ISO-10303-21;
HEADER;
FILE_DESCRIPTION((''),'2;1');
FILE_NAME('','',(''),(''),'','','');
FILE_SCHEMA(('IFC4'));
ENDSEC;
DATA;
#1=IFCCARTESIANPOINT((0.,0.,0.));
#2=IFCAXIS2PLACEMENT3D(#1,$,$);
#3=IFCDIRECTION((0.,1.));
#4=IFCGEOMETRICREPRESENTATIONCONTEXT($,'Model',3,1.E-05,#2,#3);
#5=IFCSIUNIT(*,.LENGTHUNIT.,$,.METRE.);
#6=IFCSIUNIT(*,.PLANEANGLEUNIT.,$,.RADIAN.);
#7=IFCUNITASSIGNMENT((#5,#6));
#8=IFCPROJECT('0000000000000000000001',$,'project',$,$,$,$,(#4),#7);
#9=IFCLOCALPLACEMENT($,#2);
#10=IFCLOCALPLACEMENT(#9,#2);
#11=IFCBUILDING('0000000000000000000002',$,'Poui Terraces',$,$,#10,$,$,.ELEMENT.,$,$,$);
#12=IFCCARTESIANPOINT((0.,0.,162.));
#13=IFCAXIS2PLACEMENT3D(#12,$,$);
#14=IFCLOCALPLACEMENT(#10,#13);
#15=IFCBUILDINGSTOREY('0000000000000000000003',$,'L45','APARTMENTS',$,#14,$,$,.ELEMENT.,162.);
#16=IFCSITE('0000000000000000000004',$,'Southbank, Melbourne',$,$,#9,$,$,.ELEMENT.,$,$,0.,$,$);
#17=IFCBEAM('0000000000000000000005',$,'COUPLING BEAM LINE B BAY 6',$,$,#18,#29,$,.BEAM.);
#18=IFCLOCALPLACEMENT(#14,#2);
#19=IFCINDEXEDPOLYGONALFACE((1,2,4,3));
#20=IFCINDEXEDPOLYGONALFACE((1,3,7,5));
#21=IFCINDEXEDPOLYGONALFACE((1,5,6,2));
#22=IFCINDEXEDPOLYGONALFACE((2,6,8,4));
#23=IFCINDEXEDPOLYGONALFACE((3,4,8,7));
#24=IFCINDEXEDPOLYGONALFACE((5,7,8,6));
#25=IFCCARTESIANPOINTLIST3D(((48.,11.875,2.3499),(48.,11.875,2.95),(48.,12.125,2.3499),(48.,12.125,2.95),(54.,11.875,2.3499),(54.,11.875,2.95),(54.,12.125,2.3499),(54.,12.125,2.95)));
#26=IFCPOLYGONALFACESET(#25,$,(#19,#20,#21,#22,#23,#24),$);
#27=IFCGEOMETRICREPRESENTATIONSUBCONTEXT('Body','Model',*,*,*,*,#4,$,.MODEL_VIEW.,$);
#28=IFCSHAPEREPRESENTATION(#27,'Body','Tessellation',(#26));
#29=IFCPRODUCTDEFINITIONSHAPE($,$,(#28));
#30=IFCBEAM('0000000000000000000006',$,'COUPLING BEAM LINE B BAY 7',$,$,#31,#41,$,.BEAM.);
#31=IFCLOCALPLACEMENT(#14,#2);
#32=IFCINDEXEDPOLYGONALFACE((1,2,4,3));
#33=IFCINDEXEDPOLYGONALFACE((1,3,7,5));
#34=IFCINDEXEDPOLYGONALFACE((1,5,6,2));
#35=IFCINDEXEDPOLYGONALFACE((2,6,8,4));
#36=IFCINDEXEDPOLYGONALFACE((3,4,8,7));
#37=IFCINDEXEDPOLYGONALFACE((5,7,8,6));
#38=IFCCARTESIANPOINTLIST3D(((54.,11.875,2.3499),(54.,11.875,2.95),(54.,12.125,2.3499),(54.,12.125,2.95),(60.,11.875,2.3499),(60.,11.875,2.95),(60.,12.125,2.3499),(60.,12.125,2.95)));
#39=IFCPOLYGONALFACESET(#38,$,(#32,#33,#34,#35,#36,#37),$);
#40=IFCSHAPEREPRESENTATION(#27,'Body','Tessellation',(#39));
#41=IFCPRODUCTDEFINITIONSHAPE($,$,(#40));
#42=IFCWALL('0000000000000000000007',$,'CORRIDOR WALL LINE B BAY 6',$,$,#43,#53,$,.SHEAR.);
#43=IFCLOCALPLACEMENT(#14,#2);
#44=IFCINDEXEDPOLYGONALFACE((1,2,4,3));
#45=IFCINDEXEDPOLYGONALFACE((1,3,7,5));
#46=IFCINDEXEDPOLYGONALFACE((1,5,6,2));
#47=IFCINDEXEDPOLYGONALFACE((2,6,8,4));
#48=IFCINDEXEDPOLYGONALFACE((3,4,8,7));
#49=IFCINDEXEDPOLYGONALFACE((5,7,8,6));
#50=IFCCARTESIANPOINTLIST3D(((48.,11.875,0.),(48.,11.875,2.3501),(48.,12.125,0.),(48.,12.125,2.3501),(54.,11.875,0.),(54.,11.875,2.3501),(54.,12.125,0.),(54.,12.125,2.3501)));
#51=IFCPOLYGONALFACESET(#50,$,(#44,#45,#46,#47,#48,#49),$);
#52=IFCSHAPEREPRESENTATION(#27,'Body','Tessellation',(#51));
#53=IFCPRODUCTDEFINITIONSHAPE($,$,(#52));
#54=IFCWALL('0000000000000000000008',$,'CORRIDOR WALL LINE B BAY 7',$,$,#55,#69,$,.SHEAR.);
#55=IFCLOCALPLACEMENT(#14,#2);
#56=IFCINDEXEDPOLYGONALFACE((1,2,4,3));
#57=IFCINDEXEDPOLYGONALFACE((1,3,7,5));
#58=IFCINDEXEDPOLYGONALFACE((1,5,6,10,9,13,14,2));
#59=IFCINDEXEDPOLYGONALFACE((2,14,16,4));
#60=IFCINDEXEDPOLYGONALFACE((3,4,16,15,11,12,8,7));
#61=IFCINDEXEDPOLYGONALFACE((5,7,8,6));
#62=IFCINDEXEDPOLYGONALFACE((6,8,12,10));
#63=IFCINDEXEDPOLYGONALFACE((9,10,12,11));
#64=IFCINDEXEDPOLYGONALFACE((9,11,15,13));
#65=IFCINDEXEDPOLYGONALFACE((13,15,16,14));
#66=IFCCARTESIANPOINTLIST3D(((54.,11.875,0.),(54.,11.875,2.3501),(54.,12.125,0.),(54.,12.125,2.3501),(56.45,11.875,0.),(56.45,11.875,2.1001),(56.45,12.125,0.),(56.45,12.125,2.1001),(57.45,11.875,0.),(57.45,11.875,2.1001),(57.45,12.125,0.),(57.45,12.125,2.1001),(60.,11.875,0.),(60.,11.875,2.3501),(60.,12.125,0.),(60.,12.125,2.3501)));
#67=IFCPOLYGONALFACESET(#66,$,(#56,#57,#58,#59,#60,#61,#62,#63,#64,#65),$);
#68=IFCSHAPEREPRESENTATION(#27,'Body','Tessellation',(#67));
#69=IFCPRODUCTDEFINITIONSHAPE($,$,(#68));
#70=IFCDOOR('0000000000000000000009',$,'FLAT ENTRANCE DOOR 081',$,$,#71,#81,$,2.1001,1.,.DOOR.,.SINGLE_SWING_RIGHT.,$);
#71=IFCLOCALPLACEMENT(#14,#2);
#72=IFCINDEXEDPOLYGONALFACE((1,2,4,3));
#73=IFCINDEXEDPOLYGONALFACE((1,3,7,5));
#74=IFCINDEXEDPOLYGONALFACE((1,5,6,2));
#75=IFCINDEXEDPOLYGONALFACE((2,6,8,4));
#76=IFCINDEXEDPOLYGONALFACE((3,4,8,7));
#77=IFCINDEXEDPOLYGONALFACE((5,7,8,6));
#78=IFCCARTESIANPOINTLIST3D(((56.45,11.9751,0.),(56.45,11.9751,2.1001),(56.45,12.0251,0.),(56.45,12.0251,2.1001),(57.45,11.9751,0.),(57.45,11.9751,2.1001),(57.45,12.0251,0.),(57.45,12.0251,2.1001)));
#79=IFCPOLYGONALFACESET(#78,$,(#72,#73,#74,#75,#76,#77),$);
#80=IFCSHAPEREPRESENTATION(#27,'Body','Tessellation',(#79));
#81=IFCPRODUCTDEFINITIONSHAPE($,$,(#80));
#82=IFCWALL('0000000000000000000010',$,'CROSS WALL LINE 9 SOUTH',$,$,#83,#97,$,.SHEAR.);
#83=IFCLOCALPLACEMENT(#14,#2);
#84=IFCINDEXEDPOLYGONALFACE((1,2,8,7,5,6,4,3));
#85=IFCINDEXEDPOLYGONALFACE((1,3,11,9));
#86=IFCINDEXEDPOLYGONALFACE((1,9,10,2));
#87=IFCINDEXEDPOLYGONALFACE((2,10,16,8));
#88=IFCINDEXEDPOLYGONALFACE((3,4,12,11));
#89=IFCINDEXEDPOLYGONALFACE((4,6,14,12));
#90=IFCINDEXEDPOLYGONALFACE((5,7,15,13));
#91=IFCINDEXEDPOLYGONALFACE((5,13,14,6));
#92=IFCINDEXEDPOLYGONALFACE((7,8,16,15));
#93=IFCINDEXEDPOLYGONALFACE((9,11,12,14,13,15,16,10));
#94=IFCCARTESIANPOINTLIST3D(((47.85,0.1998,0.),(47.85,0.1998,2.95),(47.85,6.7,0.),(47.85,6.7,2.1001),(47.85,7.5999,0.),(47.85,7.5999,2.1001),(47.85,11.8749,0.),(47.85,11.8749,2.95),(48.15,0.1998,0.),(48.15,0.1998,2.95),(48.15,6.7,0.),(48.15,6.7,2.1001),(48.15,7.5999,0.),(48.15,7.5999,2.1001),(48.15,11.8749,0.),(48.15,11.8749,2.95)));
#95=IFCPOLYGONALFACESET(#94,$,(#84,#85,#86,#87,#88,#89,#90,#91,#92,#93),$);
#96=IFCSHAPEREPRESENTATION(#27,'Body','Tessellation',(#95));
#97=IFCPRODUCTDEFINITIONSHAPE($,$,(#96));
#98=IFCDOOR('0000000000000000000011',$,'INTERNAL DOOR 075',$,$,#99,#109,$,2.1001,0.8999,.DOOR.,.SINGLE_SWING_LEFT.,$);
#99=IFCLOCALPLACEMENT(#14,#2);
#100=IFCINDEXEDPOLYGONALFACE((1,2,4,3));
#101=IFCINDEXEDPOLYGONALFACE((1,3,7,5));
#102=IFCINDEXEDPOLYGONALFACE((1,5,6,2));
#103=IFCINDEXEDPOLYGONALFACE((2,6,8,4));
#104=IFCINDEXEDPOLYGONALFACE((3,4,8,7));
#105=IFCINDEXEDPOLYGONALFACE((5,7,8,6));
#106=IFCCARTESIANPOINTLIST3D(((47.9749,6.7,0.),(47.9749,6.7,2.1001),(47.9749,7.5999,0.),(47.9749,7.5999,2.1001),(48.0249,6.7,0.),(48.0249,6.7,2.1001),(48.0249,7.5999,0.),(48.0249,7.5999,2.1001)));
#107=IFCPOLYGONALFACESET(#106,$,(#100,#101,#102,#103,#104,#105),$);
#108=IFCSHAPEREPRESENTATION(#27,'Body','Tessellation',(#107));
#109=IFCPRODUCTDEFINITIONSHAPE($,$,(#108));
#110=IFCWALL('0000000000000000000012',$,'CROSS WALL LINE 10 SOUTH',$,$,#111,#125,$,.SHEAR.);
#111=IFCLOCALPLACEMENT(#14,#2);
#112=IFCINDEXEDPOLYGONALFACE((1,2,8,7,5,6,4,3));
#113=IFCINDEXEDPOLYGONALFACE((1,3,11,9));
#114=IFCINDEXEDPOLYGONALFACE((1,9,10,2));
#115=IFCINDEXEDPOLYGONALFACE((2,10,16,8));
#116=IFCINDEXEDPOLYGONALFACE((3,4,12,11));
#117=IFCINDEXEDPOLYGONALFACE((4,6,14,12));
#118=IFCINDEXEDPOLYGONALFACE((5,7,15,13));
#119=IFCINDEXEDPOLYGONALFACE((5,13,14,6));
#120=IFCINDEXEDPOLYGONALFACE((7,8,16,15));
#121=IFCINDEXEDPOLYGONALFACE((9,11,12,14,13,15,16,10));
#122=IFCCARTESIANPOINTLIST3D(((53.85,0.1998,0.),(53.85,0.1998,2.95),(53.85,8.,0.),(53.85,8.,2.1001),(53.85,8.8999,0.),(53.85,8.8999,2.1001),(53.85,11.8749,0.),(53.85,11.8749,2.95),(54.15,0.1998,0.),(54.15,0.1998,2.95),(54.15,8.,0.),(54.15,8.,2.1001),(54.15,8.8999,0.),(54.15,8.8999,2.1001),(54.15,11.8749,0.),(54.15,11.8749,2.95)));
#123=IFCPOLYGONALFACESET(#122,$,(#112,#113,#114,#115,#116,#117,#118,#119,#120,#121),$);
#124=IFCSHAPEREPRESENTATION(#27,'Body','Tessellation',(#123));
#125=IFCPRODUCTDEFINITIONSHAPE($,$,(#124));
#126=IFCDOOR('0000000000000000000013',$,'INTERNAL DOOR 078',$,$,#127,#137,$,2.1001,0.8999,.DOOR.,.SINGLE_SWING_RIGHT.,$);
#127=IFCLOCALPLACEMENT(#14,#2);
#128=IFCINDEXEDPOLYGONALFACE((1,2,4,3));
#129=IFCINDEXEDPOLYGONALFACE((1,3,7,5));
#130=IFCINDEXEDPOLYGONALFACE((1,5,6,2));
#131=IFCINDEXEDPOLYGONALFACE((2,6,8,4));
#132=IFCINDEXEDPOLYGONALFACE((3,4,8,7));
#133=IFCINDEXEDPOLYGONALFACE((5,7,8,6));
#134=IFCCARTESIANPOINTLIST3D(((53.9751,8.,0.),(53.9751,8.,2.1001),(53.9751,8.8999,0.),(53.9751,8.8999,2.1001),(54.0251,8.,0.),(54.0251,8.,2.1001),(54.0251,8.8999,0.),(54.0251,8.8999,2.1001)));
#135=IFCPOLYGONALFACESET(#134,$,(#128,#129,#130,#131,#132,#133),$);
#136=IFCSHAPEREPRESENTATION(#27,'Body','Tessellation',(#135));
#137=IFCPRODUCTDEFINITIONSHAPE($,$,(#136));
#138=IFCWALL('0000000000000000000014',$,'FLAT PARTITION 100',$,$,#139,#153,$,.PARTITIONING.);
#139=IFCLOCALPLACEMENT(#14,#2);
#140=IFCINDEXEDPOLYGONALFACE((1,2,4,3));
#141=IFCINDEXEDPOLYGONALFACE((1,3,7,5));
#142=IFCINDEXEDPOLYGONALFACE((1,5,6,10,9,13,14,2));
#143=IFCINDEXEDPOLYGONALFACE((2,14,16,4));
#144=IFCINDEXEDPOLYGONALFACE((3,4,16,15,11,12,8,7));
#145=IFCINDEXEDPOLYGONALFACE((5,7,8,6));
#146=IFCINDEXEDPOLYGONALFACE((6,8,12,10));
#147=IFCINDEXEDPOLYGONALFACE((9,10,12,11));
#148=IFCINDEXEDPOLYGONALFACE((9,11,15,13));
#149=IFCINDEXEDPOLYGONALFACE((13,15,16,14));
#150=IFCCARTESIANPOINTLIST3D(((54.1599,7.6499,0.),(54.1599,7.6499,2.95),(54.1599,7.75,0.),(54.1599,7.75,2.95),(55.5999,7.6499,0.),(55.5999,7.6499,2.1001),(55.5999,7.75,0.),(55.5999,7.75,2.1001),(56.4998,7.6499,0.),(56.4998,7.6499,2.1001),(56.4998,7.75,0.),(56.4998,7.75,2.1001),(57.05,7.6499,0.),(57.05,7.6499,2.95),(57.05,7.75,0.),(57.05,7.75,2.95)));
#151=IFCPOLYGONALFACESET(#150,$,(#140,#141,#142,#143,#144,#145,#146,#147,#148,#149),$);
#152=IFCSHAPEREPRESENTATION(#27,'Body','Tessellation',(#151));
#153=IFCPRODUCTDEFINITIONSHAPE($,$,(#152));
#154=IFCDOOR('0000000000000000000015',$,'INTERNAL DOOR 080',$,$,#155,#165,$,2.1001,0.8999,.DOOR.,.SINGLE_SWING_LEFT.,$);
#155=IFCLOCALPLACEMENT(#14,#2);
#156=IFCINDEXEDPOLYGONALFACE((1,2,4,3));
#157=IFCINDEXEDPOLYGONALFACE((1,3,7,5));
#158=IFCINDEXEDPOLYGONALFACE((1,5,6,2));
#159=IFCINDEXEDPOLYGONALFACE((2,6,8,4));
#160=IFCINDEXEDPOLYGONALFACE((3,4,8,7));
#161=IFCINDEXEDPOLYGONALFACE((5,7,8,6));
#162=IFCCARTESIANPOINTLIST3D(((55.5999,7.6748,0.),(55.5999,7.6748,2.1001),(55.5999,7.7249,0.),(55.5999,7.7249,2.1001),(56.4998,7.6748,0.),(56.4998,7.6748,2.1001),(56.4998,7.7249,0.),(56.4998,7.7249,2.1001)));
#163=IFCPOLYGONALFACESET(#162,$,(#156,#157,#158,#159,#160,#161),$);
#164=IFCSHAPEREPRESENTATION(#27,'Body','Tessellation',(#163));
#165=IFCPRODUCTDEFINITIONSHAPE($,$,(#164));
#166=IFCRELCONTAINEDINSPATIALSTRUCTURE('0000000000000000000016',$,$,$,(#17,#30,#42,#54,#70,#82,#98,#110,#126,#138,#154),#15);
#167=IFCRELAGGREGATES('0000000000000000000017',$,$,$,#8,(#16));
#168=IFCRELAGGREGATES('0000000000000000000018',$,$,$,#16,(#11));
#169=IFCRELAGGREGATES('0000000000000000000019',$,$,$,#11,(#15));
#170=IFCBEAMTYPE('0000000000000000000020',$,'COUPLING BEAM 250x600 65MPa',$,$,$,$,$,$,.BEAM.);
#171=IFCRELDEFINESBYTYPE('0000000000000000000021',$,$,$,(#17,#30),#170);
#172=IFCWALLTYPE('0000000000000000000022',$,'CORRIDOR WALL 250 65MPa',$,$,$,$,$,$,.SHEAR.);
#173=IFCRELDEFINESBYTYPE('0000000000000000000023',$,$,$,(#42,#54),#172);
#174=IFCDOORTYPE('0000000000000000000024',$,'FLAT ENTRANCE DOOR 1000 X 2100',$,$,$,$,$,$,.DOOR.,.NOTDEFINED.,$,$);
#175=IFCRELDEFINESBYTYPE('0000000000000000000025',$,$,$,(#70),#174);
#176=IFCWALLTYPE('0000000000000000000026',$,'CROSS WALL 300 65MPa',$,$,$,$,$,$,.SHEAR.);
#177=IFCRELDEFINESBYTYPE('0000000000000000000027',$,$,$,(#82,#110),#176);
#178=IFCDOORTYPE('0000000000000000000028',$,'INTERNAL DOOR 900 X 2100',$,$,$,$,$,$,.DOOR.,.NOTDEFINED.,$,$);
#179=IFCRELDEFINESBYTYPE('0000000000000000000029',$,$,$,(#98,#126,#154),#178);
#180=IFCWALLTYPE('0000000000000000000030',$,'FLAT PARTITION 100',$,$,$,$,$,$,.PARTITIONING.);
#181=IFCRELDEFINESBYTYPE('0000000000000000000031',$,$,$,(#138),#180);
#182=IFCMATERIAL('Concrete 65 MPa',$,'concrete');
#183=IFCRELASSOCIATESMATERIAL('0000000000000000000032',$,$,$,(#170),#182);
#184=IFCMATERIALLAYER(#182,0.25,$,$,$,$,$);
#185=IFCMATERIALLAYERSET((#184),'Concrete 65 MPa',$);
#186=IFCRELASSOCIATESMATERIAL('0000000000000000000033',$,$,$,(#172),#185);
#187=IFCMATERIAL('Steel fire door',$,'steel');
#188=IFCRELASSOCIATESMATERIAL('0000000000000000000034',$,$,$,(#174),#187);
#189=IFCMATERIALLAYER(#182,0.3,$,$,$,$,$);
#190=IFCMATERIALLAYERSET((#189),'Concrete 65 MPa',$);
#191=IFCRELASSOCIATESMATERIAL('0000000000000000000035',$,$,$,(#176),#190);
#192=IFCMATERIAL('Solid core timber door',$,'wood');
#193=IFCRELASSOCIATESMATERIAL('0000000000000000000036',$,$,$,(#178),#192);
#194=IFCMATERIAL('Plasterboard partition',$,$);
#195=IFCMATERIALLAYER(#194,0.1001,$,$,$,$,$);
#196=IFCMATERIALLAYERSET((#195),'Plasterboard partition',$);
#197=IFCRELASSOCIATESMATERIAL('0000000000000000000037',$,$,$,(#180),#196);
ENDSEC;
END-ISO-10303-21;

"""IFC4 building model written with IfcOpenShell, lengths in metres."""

from ifc_helpers import new_model, si_unit, direction, frame, frame_2d, origin, origin_2d, place, context, subcontext, project, spatial, rectangle, extrude, source, transform, mapped, material, layer, layer_set, material_profile, profile_set, type_object, element, fill, save


model = new_model("IFC4")

# Units and contexts
model_context = context("Model", 3, precision=1e-05, world=origin(), true_north=direction((0.0, 1.0)))
body_context = subcontext(model_context, "Body", "Model", "MODEL_VIEW")
ifc_project = project(units=[si_unit("LENGTHUNIT", "METRE"), si_unit("PLANEANGLEUNIT", "RADIAN")], contexts=[model_context])

# Site, building, storey
site_placement = place(None, origin())
site = spatial("IfcSite", under=ifc_project, at=site_placement, Name="Southbank, Melbourne", CompositionType="ELEMENT", RefElevation=0.0)
building_placement = place(site_placement, origin())
building = spatial("IfcBuilding", under=site, at=building_placement, Name="Poui Terraces", CompositionType="ELEMENT")
storey_placement = place(building_placement, frame((0.0, 0.0, 162.0)))
storey = spatial("IfcBuildingStorey", under=building, at=storey_placement, Name="L45", Description="APARTMENTS", CompositionType="ELEMENT", Elevation=162.0)

# Beams
ifc_material_1 = material(Name="Concrete 65 MPa", Category="concrete")
ifc_material_profile = material_profile(ifc_material_1, rectangle(XDim=0.25, YDim=0.6001, at=origin_2d()), Name="RC 250x600")
ifc_profile_set = profile_set([ifc_material_profile], Name="Concrete 65 MPa")
beam_type = type_object("IfcBeamType", Name="COUPLING BEAM 250x600 65MPa", PredefinedType="BEAM", material=ifc_profile_set)
shared_shape = source(origin(), body_context, "Body", "SweptSolid", [
    extrude(rectangle(XDim=0.25, YDim=0.6001, at=origin_2d()), origin(), (0.0, 0.0, 1.0), 6.0),
])
for number, where, z_axis, x_axis, name in (
    (1, (48.0, 12.0, 2.6499), (1.0, 0.0, 0.0), (0.0, 1.0, 0.0), "COUPLING BEAM LINE B BAY 6"),
    (2, (54.0, 12.0, 2.6499), (1.0, 0.0, 0.0), (0.0, 1.0, 0.0), "COUPLING BEAM LINE B BAY 7"),
):
    element("IfcBeam", number, at=place(storey_placement, frame(where, z_axis=z_axis, x_axis=x_axis)), inside=storey, type_object=beam_type, Name=name, PredefinedType="BEAM", context=body_context, shape_type="MappedRepresentation", body=[
        mapped(shared_shape, transform((0.0, 0.0, 0.0))),
    ])

# Wall
ifc_layer_1 = layer(ifc_material_1, 0.25)
ifc_layer_set_1 = layer_set([ifc_layer_1], Name="Concrete 65 MPa")
wall_type_1 = type_object("IfcWallType", Name="CORRIDOR WALL 250 65MPa", PredefinedType="SHEAR", material=ifc_layer_set_1)
wall_1_placement = place(storey_placement, frame((48.0, 12.0, 0.0), z_axis=(0.0, 0.0, 1.0), x_axis=(1.0, 0.0, 0.0)))
element("IfcWall", 3, at=wall_1_placement, inside=storey, type_object=wall_type_1, Name="CORRIDOR WALL LINE B BAY 6", PredefinedType="SHEAR", context=body_context, shape_type="SweptSolid", body=[
    extrude(rectangle(XDim=6.0, YDim=0.25, at=frame_2d((3.0, 0.0))), origin(), (0.0, 0.0, 1.0), 2.3501),
])

# Walls, openings, doors
wall_2_placement = place(storey_placement, frame((54.0, 12.0, 0.0), z_axis=(0.0, 0.0, 1.0), x_axis=(1.0, 0.0, 0.0)))
wall_2 = element("IfcWall", 4, at=wall_2_placement, inside=storey, type_object=wall_type_1, Name="CORRIDOR WALL LINE B BAY 7", PredefinedType="SHEAR", context=body_context, shape_type="SweptSolid", body=[
    extrude(rectangle(XDim=6.0, YDim=0.25, at=frame_2d((3.0, 0.0))), origin(), (0.0, 0.0, 1.0), 2.3501),
])
opening_1_placement = place(wall_2_placement, frame((2.45, 0.0, 0.0)))
opening_1 = element("IfcOpeningElement", 5, at=opening_1_placement, cuts=wall_2, PredefinedType="OPENING", context=body_context, shape_type="SweptSolid", body=[
    extrude(rectangle(XDim=1.0, YDim=2.1001, at=frame_2d((0.5, 1.05))), frame((0.0, 0.135, 0.0), z_axis=(0.0, -1.0, 0.0), x_axis=(1.0, 0.0, 0.0)), (0.0, 0.0, 1.0), 0.27),
])
ifc_material_2 = material(Name="Steel fire door", Category="steel")
door_type_1 = type_object("IfcDoorType", Name="FLAT ENTRANCE DOOR 1000 X 2100", OperationType="NOTDEFINED", PredefinedType="DOOR", material=ifc_material_2)
door_1_placement = place(opening_1_placement, frame((1.0, 0.0, 0.0), z_axis=(0.0, 0.0, 1.0), x_axis=(-1.0, 0.0, 0.0)))
door_1 = element("IfcDoor", 6, at=door_1_placement, inside=storey, type_object=door_type_1, Name="FLAT ENTRANCE DOOR 081", OperationType="SINGLE_SWING_RIGHT", OverallHeight=2.1001, OverallWidth=1.0, PredefinedType="DOOR", context=body_context, shape_type="SweptSolid", body=[
    extrude(rectangle(XDim=1.0, YDim=2.1001, at=frame_2d((0.5, 1.05))), frame((0.0, 0.0249, 0.0), z_axis=(0.0, -1.0, 0.0), x_axis=(1.0, 0.0, 0.0)), (0.0, 0.0, 1.0), 0.05),
])
fill(opening_1, door_1)
ifc_layer_2 = layer(ifc_material_1, 0.3)
ifc_layer_set_2 = layer_set([ifc_layer_2], Name="Concrete 65 MPa")
wall_type_2 = type_object("IfcWallType", Name="CROSS WALL 300 65MPa", PredefinedType="SHEAR", material=ifc_layer_set_2)
wall_3_placement = place(storey_placement, frame((48.0, 0.2, 0.0), z_axis=(0.0, 0.0, 1.0), x_axis=(0.0, 1.0, 0.0)))
wall_3 = element("IfcWall", 7, at=wall_3_placement, inside=storey, type_object=wall_type_2, Name="CROSS WALL LINE 9 SOUTH", PredefinedType="SHEAR", context=body_context, shape_type="SweptSolid", body=[
    extrude(rectangle(XDim=11.675, YDim=0.3, at=frame_2d((5.8374, 0.0))), origin(), (0.0, 0.0, 1.0), 2.95),
])
opening_2_placement = place(wall_3_placement, frame((6.5, 0.0, 0.0)))
opening_2 = element("IfcOpeningElement", 8, at=opening_2_placement, cuts=wall_3, PredefinedType="OPENING", context=body_context, shape_type="SweptSolid", body=[
    extrude(rectangle(XDim=0.8999, YDim=2.1001, at=frame_2d((0.45, 1.05))), frame((0.0, 0.1602, 0.0), z_axis=(0.0, -1.0, 0.0), x_axis=(1.0, 0.0, 0.0)), (0.0, 0.0, 1.0), 0.3201),
])
ifc_material_3 = material(Name="Solid core timber door", Category="wood")
door_type_2 = type_object("IfcDoorType", Name="INTERNAL DOOR 900 X 2100", OperationType="NOTDEFINED", PredefinedType="DOOR", material=ifc_material_3)
door_2_placement = place(opening_2_placement, frame((0.8999, 0.0, 0.0), z_axis=(0.0, 0.0, 1.0), x_axis=(-1.0, 0.0, 0.0)))
door_2 = element("IfcDoor", 9, at=door_2_placement, inside=storey, type_object=door_type_2, Name="INTERNAL DOOR 075", OperationType="SINGLE_SWING_LEFT", OverallHeight=2.1001, OverallWidth=0.8999, PredefinedType="DOOR", context=body_context, shape_type="SweptSolid", body=[
    extrude(rectangle(XDim=0.8999, YDim=2.1001, at=frame_2d((0.45, 1.05))), frame((0.0, 0.0249, 0.0), z_axis=(0.0, -1.0, 0.0), x_axis=(1.0, 0.0, 0.0)), (0.0, 0.0, 1.0), 0.05),
])
fill(opening_2, door_2)
wall_4_placement = place(storey_placement, frame((54.0, 0.2, 0.0), z_axis=(0.0, 0.0, 1.0), x_axis=(0.0, 1.0, 0.0)))
wall_4 = element("IfcWall", 10, at=wall_4_placement, inside=storey, type_object=wall_type_2, Name="CROSS WALL LINE 10 SOUTH", PredefinedType="SHEAR", context=body_context, shape_type="SweptSolid", body=[
    extrude(rectangle(XDim=11.675, YDim=0.3, at=frame_2d((5.8374, 0.0))), origin(), (0.0, 0.0, 1.0), 2.95),
])
opening_3_placement = place(wall_4_placement, frame((7.8, 0.0, 0.0)))
opening_3 = element("IfcOpeningElement", 11, at=opening_3_placement, cuts=wall_4, PredefinedType="OPENING", context=body_context, shape_type="SweptSolid", body=[
    extrude(rectangle(XDim=0.8999, YDim=2.1001, at=frame_2d((0.45, 1.05))), frame((0.0, 0.1602, 0.0), z_axis=(0.0, -1.0, 0.0), x_axis=(1.0, 0.0, 0.0)), (0.0, 0.0, 1.0), 0.3201),
])
door_3_placement = place(opening_3_placement, origin())
door_3 = element("IfcDoor", 12, at=door_3_placement, inside=storey, type_object=door_type_2, Name="INTERNAL DOOR 078", OperationType="SINGLE_SWING_RIGHT", OverallHeight=2.1001, OverallWidth=0.8999, PredefinedType="DOOR", context=body_context, shape_type="SweptSolid", body=[
    extrude(rectangle(XDim=0.8999, YDim=2.1001, at=frame_2d((0.45, 1.05))), frame((0.0, 0.0249, 0.0), z_axis=(0.0, -1.0, 0.0), x_axis=(1.0, 0.0, 0.0)), (0.0, 0.0, 1.0), 0.05),
])
fill(opening_3, door_3)
ifc_material_4 = material(Name="Plasterboard partition")
ifc_layer_3 = layer(ifc_material_4, 0.1001)
ifc_layer_set_3 = layer_set([ifc_layer_3], Name="Plasterboard partition")
wall_type_3 = type_object("IfcWallType", Name="FLAT PARTITION 100", PredefinedType="PARTITIONING", material=ifc_layer_set_3)
wall_5_placement = place(storey_placement, frame((54.1599, 7.7, 0.0), z_axis=(0.0, 0.0, 1.0), x_axis=(1.0, 0.0, 0.0)))
wall_5 = element("IfcWall", 13, at=wall_5_placement, inside=storey, type_object=wall_type_3, Name="FLAT PARTITION 100", PredefinedType="PARTITIONING", context=body_context, shape_type="SweptSolid", body=[
    extrude(rectangle(XDim=2.8901, YDim=0.1001, at=frame_2d((1.4451, 0.0))), origin(), (0.0, 0.0, 1.0), 2.95),
])
opening_4_placement = place(wall_5_placement, frame((1.4399, 0.0, 0.0)))
opening_4 = element("IfcOpeningElement", 14, at=opening_4_placement, cuts=wall_5, PredefinedType="OPENING", context=body_context, shape_type="SweptSolid", body=[
    extrude(rectangle(XDim=0.8999, YDim=2.1001, at=frame_2d((0.45, 1.05))), frame((0.0, 0.0601, 0.0), z_axis=(0.0, -1.0, 0.0), x_axis=(1.0, 0.0, 0.0)), (0.0, 0.0, 1.0), 0.1201),
])
door_4_placement = place(opening_4_placement, origin())
door_4 = element("IfcDoor", 15, at=door_4_placement, inside=storey, type_object=door_type_2, Name="INTERNAL DOOR 080", OperationType="SINGLE_SWING_LEFT", OverallHeight=2.1001, OverallWidth=0.8999, PredefinedType="DOOR", context=body_context, shape_type="SweptSolid", body=[
    extrude(rectangle(XDim=0.8999, YDim=2.1001, at=frame_2d((0.45, 1.05))), frame((0.0, 0.0249, 0.0), z_axis=(0.0, -1.0, 0.0), x_axis=(1.0, 0.0, 0.0)), (0.0, 0.0, 1.0), 0.05),
])
fill(opening_4, door_4)

save(model, "model.ifc")
